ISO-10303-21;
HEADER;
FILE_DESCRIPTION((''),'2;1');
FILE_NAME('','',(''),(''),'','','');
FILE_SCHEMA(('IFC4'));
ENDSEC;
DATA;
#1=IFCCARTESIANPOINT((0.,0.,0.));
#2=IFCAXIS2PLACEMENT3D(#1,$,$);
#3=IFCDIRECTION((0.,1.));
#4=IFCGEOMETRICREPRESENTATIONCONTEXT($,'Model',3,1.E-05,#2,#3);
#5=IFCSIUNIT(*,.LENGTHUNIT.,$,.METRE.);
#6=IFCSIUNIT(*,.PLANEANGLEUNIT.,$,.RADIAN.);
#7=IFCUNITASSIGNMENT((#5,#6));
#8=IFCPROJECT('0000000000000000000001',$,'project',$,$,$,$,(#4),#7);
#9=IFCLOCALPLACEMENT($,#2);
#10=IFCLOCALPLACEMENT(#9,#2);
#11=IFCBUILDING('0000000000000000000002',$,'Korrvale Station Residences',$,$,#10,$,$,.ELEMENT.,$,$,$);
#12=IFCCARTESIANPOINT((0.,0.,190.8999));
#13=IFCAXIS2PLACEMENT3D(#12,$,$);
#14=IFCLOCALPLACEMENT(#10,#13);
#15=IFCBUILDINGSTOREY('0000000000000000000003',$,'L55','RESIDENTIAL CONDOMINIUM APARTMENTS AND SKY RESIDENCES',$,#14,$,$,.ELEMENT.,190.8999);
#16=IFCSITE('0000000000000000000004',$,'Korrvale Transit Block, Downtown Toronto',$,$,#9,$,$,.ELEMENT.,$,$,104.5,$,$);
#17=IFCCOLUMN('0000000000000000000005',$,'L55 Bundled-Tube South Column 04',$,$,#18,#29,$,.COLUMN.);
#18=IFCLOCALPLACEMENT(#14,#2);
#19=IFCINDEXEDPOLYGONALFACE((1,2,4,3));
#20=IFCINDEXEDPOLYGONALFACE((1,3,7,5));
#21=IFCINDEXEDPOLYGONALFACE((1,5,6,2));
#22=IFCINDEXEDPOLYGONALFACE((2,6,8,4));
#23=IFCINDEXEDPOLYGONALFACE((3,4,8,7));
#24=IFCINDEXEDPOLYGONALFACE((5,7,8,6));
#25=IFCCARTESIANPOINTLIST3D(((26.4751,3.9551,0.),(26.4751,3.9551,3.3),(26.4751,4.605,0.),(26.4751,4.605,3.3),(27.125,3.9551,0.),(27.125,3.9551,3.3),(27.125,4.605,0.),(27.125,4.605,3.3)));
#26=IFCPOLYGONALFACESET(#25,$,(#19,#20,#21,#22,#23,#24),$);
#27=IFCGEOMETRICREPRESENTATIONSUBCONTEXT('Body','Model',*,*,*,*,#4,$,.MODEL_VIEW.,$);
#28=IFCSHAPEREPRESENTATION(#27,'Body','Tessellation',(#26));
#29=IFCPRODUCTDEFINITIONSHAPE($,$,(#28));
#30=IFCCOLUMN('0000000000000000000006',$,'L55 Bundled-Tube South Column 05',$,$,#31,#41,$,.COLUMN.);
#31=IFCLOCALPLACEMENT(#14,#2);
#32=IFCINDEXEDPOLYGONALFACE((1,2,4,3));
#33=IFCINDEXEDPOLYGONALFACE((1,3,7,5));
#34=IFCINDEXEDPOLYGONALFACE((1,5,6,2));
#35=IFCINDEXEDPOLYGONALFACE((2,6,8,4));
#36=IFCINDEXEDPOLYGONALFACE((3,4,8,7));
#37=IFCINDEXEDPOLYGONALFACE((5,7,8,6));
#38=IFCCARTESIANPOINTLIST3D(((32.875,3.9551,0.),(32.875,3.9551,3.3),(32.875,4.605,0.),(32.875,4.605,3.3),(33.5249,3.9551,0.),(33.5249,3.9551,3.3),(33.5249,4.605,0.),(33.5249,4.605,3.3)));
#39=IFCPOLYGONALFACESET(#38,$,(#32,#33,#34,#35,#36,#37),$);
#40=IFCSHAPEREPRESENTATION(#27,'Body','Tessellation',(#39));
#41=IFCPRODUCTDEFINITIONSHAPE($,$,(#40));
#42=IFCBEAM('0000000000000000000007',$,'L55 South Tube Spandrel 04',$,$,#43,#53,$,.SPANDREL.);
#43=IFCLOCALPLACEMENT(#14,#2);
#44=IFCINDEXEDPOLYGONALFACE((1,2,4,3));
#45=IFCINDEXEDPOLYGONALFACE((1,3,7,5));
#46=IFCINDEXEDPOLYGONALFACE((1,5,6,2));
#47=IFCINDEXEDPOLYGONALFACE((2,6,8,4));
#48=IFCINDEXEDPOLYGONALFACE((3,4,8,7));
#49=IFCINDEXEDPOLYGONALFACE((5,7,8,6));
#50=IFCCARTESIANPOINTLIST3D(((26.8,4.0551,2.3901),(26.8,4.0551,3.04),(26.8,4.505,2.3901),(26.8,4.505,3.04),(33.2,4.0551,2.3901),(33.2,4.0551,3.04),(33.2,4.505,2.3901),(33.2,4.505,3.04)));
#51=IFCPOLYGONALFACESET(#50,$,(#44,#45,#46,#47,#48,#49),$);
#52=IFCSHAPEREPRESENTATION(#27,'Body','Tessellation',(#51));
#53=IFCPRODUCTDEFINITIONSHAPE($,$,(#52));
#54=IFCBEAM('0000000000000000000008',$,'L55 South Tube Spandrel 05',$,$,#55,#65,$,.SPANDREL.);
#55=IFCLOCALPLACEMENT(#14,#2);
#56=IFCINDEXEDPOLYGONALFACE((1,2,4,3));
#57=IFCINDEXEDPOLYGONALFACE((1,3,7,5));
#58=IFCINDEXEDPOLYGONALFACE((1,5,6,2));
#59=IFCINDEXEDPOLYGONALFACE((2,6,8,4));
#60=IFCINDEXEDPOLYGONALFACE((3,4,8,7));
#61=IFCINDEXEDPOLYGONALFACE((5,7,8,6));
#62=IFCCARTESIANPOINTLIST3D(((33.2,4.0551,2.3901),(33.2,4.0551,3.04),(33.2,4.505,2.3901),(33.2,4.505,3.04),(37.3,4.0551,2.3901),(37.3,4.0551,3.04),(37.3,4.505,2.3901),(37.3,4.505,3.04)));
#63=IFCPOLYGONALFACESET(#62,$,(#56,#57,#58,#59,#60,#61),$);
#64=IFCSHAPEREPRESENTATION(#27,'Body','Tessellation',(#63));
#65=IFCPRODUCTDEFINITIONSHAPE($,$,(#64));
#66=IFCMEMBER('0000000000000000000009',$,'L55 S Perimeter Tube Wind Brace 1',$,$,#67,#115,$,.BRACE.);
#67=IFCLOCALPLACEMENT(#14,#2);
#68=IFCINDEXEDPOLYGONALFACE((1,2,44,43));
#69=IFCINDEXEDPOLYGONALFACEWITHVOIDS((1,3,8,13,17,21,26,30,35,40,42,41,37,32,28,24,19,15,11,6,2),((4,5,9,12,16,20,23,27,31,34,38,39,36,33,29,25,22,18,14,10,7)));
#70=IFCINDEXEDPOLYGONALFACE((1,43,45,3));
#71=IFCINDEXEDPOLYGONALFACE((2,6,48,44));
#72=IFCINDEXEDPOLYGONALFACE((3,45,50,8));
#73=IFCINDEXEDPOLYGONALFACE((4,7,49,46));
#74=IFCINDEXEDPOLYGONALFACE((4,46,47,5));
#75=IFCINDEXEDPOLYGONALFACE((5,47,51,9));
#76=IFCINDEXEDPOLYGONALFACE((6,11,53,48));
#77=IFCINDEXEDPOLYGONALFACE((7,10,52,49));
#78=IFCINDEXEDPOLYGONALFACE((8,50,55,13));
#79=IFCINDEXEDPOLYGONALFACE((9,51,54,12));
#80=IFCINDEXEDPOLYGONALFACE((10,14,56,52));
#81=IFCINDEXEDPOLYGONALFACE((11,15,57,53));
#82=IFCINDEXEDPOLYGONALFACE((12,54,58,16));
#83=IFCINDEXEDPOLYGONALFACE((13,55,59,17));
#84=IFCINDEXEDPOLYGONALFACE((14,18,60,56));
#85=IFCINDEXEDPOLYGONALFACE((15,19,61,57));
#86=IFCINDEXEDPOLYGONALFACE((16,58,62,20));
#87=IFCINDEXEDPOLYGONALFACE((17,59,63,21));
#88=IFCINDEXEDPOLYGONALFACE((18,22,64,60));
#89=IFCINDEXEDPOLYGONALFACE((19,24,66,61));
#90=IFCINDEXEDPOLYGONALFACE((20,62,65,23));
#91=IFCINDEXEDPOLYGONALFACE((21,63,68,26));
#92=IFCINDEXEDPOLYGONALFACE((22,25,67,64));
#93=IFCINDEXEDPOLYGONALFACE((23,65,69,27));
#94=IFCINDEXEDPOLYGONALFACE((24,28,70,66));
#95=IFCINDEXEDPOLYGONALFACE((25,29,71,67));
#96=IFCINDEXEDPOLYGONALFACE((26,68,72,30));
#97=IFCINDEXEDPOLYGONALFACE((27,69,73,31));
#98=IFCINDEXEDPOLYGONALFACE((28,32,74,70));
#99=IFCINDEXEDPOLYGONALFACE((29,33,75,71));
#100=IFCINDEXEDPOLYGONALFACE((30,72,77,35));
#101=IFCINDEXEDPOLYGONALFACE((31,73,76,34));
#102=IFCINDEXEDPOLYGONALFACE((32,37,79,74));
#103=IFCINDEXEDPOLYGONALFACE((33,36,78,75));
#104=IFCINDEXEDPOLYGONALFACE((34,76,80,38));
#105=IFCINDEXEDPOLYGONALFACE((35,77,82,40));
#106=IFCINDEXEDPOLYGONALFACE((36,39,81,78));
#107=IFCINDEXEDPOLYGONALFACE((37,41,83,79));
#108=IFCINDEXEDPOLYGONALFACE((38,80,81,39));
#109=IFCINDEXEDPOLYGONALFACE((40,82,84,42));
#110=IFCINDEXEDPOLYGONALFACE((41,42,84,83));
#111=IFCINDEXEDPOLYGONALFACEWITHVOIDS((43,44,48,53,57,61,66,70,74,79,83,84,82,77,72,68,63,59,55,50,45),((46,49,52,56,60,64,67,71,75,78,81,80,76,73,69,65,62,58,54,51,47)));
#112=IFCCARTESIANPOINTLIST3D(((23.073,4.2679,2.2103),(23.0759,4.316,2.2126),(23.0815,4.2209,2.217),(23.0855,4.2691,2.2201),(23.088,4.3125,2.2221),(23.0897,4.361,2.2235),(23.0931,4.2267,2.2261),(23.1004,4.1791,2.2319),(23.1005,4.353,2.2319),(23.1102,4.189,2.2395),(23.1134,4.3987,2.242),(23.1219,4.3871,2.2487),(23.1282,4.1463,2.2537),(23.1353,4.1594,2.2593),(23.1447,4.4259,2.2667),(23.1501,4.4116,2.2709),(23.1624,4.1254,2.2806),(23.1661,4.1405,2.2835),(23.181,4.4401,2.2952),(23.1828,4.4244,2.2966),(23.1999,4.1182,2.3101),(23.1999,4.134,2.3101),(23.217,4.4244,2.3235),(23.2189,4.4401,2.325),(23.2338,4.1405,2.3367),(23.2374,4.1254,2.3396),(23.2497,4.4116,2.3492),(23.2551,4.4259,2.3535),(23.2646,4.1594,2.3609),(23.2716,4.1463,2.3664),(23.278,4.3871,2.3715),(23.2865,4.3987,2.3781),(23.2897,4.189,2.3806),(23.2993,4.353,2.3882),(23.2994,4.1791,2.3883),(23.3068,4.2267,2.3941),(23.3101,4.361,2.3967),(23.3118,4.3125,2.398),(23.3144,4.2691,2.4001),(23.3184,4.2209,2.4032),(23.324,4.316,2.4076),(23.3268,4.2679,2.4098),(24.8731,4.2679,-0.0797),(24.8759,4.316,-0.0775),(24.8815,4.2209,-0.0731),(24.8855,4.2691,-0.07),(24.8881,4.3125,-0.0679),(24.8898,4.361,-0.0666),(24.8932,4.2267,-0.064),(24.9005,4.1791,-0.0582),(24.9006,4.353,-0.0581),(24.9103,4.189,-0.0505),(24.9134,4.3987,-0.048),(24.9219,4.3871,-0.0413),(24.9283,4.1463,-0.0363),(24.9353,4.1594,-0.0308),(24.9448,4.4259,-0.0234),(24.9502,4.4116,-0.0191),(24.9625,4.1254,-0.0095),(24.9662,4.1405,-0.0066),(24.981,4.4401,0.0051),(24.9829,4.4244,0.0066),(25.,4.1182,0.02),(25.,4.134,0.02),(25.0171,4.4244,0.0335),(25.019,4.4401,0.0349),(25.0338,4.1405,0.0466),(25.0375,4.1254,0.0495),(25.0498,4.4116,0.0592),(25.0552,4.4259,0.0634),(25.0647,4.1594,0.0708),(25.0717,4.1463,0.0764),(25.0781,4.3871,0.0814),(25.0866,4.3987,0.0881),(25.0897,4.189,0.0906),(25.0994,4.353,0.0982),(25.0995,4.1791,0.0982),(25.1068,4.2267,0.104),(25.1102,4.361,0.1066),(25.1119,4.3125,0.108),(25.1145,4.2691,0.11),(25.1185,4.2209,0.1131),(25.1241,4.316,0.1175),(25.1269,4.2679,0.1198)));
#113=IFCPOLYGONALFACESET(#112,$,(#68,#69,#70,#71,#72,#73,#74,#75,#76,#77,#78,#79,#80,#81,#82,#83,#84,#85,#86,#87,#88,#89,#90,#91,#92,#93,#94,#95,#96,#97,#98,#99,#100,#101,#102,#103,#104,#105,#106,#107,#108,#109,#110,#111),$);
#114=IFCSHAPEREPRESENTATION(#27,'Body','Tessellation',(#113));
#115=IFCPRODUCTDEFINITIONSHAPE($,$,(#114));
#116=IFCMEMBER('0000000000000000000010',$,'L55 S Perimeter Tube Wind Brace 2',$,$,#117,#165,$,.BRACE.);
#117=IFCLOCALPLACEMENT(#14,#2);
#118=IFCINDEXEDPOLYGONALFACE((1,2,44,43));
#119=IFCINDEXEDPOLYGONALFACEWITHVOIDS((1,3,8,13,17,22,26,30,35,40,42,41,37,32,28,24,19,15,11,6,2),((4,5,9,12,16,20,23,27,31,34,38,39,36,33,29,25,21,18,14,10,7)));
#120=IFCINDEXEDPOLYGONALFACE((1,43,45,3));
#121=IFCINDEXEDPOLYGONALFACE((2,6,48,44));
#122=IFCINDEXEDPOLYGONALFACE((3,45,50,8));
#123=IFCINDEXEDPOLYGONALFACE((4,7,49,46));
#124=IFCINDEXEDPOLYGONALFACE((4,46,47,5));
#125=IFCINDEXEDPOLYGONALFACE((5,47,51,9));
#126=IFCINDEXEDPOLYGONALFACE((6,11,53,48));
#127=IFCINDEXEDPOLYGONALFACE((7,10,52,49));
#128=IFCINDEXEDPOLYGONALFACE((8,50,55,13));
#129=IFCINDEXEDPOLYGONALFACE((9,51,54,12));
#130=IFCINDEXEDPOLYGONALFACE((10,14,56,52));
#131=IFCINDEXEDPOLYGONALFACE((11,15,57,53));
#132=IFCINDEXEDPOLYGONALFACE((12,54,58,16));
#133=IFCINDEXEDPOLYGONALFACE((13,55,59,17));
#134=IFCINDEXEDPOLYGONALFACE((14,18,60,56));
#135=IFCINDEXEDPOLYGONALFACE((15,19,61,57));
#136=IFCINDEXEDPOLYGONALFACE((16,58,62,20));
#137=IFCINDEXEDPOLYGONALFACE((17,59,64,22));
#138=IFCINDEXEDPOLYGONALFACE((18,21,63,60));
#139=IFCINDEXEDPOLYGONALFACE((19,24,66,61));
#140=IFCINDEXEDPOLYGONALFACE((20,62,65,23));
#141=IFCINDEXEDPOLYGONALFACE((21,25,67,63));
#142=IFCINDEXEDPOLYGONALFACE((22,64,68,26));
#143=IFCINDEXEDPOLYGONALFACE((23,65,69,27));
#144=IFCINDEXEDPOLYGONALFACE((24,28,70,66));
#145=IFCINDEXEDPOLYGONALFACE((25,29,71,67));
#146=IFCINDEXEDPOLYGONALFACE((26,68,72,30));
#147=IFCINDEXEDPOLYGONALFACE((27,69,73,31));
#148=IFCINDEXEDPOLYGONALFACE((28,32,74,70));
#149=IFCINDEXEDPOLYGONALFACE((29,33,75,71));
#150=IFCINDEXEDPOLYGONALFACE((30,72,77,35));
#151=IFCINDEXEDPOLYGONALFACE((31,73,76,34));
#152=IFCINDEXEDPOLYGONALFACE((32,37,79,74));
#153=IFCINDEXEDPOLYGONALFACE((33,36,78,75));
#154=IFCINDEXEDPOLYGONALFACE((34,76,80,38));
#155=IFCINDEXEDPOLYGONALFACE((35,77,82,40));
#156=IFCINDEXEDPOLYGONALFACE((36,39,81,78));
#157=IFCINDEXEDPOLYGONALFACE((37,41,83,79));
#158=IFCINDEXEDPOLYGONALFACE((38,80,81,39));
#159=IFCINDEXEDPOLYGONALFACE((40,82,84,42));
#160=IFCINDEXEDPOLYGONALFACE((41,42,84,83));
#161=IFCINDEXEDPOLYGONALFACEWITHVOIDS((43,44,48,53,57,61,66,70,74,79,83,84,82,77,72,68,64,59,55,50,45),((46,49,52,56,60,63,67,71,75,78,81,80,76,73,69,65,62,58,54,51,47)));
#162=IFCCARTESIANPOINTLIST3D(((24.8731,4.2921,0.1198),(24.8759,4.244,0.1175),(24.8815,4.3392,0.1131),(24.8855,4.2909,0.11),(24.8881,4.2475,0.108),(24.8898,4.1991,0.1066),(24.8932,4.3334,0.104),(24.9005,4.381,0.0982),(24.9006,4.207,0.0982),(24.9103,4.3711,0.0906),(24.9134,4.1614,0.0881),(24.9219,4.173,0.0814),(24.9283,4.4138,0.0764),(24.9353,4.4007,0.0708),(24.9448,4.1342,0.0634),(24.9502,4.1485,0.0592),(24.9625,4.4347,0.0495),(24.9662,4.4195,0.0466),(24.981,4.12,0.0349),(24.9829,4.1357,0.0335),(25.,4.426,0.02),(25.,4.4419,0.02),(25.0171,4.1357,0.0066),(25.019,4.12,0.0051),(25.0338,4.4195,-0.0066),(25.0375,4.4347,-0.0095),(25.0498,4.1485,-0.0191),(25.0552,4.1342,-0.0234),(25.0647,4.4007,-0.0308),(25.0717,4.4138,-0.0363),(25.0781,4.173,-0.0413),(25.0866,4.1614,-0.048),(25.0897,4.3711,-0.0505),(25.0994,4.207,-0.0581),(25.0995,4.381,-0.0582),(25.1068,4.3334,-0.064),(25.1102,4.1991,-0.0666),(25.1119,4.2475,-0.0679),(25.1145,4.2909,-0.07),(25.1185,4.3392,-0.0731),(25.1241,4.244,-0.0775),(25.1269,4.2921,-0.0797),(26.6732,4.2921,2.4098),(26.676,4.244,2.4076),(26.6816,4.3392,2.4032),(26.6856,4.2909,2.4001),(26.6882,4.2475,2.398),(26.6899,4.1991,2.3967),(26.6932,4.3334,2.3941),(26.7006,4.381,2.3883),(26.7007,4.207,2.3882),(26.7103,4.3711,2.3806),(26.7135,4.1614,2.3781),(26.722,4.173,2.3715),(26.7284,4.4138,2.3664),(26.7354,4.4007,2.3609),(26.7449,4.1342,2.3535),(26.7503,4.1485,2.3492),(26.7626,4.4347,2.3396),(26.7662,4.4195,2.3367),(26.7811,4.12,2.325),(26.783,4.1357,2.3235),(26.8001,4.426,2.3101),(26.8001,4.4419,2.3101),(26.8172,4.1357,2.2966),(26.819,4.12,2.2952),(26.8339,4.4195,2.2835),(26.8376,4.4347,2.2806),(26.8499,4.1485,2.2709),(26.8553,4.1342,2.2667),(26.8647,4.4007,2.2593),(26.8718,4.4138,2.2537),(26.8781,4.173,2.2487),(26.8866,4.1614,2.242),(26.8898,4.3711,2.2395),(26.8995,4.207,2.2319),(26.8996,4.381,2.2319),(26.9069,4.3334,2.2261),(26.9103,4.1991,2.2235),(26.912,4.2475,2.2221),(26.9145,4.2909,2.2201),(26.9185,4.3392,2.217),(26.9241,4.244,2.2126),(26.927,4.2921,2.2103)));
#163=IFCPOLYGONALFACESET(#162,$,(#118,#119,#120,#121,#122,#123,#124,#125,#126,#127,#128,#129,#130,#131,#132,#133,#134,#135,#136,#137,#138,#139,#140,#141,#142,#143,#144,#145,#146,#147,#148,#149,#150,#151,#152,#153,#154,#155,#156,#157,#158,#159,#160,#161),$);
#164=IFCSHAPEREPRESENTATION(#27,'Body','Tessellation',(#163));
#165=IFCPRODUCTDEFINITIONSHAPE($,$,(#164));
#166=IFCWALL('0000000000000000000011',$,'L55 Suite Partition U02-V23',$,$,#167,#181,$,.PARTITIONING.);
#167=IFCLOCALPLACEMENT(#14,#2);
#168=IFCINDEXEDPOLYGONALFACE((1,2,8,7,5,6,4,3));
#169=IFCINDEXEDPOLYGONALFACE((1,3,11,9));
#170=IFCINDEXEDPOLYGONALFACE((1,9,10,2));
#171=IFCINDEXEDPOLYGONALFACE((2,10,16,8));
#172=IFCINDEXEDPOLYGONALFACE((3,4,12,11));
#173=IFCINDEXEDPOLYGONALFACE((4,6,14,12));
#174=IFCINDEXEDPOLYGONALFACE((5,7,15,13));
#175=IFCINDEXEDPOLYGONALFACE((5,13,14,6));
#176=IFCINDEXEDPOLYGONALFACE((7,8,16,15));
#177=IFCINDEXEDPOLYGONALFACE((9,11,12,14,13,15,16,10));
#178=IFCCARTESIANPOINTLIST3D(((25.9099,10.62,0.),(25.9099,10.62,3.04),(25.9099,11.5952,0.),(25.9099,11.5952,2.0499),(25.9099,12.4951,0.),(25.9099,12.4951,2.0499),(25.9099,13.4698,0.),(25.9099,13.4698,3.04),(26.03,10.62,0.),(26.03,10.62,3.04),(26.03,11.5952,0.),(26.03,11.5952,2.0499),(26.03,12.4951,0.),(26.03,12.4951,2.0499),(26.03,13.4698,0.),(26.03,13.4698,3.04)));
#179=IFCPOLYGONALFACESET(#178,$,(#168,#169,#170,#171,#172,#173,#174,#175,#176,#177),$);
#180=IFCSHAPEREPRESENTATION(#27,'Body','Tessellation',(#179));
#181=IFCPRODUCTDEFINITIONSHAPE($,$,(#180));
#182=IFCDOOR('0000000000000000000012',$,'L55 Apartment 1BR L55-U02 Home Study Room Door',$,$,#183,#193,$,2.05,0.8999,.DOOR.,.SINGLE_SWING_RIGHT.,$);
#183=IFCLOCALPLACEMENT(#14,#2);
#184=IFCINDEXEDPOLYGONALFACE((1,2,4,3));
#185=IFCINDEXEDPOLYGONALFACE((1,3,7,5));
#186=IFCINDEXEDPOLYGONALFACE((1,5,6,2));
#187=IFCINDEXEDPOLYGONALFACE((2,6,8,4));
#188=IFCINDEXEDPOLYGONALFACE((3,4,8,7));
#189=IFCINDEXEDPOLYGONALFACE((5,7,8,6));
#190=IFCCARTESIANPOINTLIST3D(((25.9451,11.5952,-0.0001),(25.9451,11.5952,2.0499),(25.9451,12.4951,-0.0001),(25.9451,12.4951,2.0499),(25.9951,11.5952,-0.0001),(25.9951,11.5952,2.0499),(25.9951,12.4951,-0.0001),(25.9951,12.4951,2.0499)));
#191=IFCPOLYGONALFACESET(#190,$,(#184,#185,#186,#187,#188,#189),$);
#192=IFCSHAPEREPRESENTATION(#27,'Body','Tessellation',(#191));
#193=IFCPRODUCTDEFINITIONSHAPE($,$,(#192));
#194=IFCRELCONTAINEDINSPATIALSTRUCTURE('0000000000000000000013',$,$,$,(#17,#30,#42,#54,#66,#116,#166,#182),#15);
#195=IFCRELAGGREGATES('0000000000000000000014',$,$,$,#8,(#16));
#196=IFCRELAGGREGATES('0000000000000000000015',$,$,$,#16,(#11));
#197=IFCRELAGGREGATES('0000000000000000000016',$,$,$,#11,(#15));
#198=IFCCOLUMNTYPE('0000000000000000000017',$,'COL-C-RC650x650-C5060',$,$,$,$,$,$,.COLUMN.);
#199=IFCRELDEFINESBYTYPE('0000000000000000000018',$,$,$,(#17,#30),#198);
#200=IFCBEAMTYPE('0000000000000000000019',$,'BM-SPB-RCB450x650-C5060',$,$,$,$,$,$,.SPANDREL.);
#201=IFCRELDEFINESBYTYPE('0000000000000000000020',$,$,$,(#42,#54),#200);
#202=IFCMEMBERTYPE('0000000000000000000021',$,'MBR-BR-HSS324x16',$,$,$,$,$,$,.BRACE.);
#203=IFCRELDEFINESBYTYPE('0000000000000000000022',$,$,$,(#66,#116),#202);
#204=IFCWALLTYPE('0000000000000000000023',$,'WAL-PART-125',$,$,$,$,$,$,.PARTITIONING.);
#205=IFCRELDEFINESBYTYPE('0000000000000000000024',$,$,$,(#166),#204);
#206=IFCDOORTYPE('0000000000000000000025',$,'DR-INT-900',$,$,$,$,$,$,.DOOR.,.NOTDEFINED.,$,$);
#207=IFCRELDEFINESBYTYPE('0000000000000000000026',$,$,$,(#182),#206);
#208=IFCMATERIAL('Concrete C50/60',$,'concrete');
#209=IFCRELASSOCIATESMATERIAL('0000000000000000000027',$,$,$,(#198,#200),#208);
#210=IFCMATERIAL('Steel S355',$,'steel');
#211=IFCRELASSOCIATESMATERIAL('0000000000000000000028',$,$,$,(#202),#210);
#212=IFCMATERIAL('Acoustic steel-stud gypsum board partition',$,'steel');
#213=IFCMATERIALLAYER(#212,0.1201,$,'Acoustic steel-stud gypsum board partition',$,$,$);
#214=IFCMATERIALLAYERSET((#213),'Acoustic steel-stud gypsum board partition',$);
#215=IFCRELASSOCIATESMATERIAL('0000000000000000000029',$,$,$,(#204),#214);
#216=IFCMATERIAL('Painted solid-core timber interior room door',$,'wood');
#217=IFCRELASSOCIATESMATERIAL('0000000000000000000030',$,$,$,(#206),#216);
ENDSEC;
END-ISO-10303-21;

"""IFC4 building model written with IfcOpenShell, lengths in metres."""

from ifc_helpers import new_model, si_unit, direction, frame, frame_2d, origin, origin_2d, place, context, subcontext, project, spatial, rectangle, hollow_circle, extrude, material, layer, layer_set, material_profile, profile_set, type_object, element, fill, save


model = new_model("IFC4")

# Units and contexts
model_context = context("Model", 3, precision=1e-05, world=origin(), true_north=direction((0.0, 1.0)))
body_context = subcontext(model_context, "Body", "Model", "MODEL_VIEW")
ifc_project = project(units=[si_unit("LENGTHUNIT", "METRE"), si_unit("PLANEANGLEUNIT", "RADIAN")], contexts=[model_context])

# Site, building, storey
site_placement = place(None, origin())
site = spatial("IfcSite", under=ifc_project, at=site_placement, Name="Korrvale Transit Block, Downtown Toronto", CompositionType="ELEMENT", RefElevation=104.5)
building_placement = place(site_placement, origin())
building = spatial("IfcBuilding", under=site, at=building_placement, Name="Korrvale Station Residences", CompositionType="ELEMENT")
storey_placement = place(building_placement, frame((0.0, 0.0, 190.8999)))
storey = spatial("IfcBuildingStorey", under=building, at=storey_placement, Name="L55", Description="RESIDENTIAL CONDOMINIUM APARTMENTS AND SKY RESIDENCES", CompositionType="ELEMENT", Elevation=190.8999)

# Columns
ifc_material_1 = material(Name="Concrete C50/60", Category="concrete")
ifc_material_profile_1 = material_profile(ifc_material_1, rectangle(XDim=0.6499, YDim=0.6499, at=origin_2d()), Name="RC650x650")
ifc_profile_set_1 = profile_set([ifc_material_profile_1], Name="Concrete C50/60")
column_type = type_object("IfcColumnType", Name="COL-C-RC650x650-C5060", PredefinedType="COLUMN", material=ifc_profile_set_1)
for number, where, z_axis, x_axis, name in (
    (1, (26.8, 4.28, 0.0), (0.0, 0.0, 1.0), (1.0, 0.0, 0.0), "L55 Bundled-Tube South Column 04"),
    (2, (33.2, 4.28, 0.0), (0.0, 0.0, 1.0), (1.0, 0.0, 0.0), "L55 Bundled-Tube South Column 05"),
):
    element("IfcColumn", number, at=place(storey_placement, frame(where, z_axis=z_axis, x_axis=x_axis)), inside=storey, type_object=column_type, Name=name, PredefinedType="COLUMN", context=body_context, shape_type="SweptSolid", body=[
        extrude(rectangle(XDim=0.6499, YDim=0.6499, at=origin_2d()), origin(), (0.0, 0.0, 1.0), 3.3),
    ])

# Beams
ifc_material_profile_2 = material_profile(ifc_material_1, rectangle(XDim=0.45, YDim=0.6499, at=origin_2d()), Name="RCB450x650")
ifc_profile_set_2 = profile_set([ifc_material_profile_2], Name="Concrete C50/60")
beam_type = type_object("IfcBeamType", Name="BM-SPB-RCB450x650-C5060", PredefinedType="SPANDREL", material=ifc_profile_set_2)
beam_1_placement = place(storey_placement, frame((26.8, 4.28, 2.7151), z_axis=(1.0, 0.0, 0.0), x_axis=(0.0, 1.0, 0.0)))
element("IfcBeam", 3, at=beam_1_placement, inside=storey, type_object=beam_type, Name="L55 South Tube Spandrel 04", PredefinedType="SPANDREL", context=body_context, shape_type="SweptSolid", body=[
    extrude(rectangle(XDim=0.45, YDim=0.6499, at=origin_2d()), origin(), (0.0, 0.0, 1.0), 6.3999),
])
beam_2_placement = place(storey_placement, frame((33.2, 4.28, 2.7151), z_axis=(1.0, 0.0, 0.0), x_axis=(0.0, 1.0, 0.0)))
element("IfcBeam", 4, at=beam_2_placement, inside=storey, type_object=beam_type, Name="L55 South Tube Spandrel 05", PredefinedType="SPANDREL", context=body_context, shape_type="SweptSolid", body=[
    extrude(rectangle(XDim=0.45, YDim=0.6499, at=origin_2d()), origin(), (0.0, 0.0, 1.0), 4.1001),
])

# Members
ifc_material_2 = material(Name="Steel S355", Category="steel")
ifc_material_profile_3 = material_profile(ifc_material_2, hollow_circle(Radius=0.1619, WallThickness=0.0159, at=origin_2d()), Name="HSS324x16")
ifc_profile_set_3 = profile_set([ifc_material_profile_3], Name="Steel S355")
member_type = type_object("IfcMemberType", Name="MBR-BR-HSS324x16", PredefinedType="BRACE", material=ifc_profile_set_3)
for number, where, z_axis, x_axis, name in (
    (5, (25.0, 4.28, 0.02), (-0.617977, 0.0, 0.786196), (0.0, -1.0, 0.0), "L55 S Perimeter Tube Wind Brace 1"),
    (6, (25.0, 4.28, 0.02), (0.617977, 0.0, 0.786196), (0.0, 1.0, 0.0), "L55 S Perimeter Tube Wind Brace 2"),
):
    element("IfcMember", number, at=place(storey_placement, frame(where, z_axis=z_axis, x_axis=x_axis)), inside=storey, type_object=member_type, Name=name, PredefinedType="BRACE", context=body_context, shape_type="SweptSolid", body=[
        extrude(hollow_circle(Radius=0.1619, WallThickness=0.0159, at=origin_2d()), origin(), (0.0, 0.0, 1.0), 2.9128),
    ])

# Wall, opening, door
ifc_material_3 = material(Name="Acoustic steel-stud gypsum board partition", Category="steel")
ifc_layer_1 = layer(ifc_material_3, 0.1201, Name="Acoustic steel-stud gypsum board partition")
ifc_layer_set_1 = layer_set([ifc_layer_1], Name="Acoustic steel-stud gypsum board partition")
wall_type_1 = type_object("IfcWallType", Name="WAL-PART-125", PredefinedType="PARTITIONING", material=ifc_layer_set_1)
wall_1_placement = place(storey_placement, frame((25.97, 10.6201, 0.0), z_axis=(0.0, 0.0, 1.0), x_axis=(0.0, 1.0, 0.0)))
wall_1 = element("IfcWall", 7, at=wall_1_placement, inside=storey, type_object=wall_type_1, Name="L55 Suite Partition U02-V23", PredefinedType="PARTITIONING", context=body_context, shape_type="SweptSolid", body=[
    extrude(rectangle(XDim=2.8499, YDim=0.1201, at=frame_2d((1.4248, 0.0))), origin(), (0.0, 0.0, 1.0), 3.04),
])
opening_1_placement = place(wall_1_placement, frame((0.9751, 0.0, 0.0)))
opening_1 = element("IfcOpeningElement", 8, at=opening_1_placement, cuts=wall_1, PredefinedType="OPENING", context=body_context, shape_type="SweptSolid", body=[
    extrude(rectangle(XDim=0.8999, YDim=2.05, at=frame_2d((0.45, 1.0249))), frame((0.0, 0.0701, 0.0), z_axis=(0.0, -1.0, 0.0), x_axis=(1.0, 0.0, 0.0)), (0.0, 0.0, 1.0), 0.1401),
])
ifc_material_4 = material(Name="Painted solid-core timber interior room door", Category="wood")
door_type = type_object("IfcDoorType", Name="DR-INT-900", OperationType="NOTDEFINED", PredefinedType="DOOR", material=ifc_material_4)
door_1_placement = place(opening_1_placement, origin())
door_1 = element("IfcDoor", 9, at=door_1_placement, inside=storey, type_object=door_type, Name="L55 Apartment 1BR L55-U02 Home Study Room Door", OperationType="SINGLE_SWING_RIGHT", OverallHeight=2.05, OverallWidth=0.8999, PredefinedType="DOOR", context=body_context, shape_type="SweptSolid", body=[
    extrude(rectangle(XDim=0.8999, YDim=2.05, at=frame_2d((0.45, 1.0249))), frame((0.0, 0.0249, 0.0), z_axis=(0.0, -1.0, 0.0), x_axis=(1.0, 0.0, 0.0)), (0.0, 0.0, 1.0), 0.05),
])
fill(opening_1, door_1)

save(model, "model.ifc")
